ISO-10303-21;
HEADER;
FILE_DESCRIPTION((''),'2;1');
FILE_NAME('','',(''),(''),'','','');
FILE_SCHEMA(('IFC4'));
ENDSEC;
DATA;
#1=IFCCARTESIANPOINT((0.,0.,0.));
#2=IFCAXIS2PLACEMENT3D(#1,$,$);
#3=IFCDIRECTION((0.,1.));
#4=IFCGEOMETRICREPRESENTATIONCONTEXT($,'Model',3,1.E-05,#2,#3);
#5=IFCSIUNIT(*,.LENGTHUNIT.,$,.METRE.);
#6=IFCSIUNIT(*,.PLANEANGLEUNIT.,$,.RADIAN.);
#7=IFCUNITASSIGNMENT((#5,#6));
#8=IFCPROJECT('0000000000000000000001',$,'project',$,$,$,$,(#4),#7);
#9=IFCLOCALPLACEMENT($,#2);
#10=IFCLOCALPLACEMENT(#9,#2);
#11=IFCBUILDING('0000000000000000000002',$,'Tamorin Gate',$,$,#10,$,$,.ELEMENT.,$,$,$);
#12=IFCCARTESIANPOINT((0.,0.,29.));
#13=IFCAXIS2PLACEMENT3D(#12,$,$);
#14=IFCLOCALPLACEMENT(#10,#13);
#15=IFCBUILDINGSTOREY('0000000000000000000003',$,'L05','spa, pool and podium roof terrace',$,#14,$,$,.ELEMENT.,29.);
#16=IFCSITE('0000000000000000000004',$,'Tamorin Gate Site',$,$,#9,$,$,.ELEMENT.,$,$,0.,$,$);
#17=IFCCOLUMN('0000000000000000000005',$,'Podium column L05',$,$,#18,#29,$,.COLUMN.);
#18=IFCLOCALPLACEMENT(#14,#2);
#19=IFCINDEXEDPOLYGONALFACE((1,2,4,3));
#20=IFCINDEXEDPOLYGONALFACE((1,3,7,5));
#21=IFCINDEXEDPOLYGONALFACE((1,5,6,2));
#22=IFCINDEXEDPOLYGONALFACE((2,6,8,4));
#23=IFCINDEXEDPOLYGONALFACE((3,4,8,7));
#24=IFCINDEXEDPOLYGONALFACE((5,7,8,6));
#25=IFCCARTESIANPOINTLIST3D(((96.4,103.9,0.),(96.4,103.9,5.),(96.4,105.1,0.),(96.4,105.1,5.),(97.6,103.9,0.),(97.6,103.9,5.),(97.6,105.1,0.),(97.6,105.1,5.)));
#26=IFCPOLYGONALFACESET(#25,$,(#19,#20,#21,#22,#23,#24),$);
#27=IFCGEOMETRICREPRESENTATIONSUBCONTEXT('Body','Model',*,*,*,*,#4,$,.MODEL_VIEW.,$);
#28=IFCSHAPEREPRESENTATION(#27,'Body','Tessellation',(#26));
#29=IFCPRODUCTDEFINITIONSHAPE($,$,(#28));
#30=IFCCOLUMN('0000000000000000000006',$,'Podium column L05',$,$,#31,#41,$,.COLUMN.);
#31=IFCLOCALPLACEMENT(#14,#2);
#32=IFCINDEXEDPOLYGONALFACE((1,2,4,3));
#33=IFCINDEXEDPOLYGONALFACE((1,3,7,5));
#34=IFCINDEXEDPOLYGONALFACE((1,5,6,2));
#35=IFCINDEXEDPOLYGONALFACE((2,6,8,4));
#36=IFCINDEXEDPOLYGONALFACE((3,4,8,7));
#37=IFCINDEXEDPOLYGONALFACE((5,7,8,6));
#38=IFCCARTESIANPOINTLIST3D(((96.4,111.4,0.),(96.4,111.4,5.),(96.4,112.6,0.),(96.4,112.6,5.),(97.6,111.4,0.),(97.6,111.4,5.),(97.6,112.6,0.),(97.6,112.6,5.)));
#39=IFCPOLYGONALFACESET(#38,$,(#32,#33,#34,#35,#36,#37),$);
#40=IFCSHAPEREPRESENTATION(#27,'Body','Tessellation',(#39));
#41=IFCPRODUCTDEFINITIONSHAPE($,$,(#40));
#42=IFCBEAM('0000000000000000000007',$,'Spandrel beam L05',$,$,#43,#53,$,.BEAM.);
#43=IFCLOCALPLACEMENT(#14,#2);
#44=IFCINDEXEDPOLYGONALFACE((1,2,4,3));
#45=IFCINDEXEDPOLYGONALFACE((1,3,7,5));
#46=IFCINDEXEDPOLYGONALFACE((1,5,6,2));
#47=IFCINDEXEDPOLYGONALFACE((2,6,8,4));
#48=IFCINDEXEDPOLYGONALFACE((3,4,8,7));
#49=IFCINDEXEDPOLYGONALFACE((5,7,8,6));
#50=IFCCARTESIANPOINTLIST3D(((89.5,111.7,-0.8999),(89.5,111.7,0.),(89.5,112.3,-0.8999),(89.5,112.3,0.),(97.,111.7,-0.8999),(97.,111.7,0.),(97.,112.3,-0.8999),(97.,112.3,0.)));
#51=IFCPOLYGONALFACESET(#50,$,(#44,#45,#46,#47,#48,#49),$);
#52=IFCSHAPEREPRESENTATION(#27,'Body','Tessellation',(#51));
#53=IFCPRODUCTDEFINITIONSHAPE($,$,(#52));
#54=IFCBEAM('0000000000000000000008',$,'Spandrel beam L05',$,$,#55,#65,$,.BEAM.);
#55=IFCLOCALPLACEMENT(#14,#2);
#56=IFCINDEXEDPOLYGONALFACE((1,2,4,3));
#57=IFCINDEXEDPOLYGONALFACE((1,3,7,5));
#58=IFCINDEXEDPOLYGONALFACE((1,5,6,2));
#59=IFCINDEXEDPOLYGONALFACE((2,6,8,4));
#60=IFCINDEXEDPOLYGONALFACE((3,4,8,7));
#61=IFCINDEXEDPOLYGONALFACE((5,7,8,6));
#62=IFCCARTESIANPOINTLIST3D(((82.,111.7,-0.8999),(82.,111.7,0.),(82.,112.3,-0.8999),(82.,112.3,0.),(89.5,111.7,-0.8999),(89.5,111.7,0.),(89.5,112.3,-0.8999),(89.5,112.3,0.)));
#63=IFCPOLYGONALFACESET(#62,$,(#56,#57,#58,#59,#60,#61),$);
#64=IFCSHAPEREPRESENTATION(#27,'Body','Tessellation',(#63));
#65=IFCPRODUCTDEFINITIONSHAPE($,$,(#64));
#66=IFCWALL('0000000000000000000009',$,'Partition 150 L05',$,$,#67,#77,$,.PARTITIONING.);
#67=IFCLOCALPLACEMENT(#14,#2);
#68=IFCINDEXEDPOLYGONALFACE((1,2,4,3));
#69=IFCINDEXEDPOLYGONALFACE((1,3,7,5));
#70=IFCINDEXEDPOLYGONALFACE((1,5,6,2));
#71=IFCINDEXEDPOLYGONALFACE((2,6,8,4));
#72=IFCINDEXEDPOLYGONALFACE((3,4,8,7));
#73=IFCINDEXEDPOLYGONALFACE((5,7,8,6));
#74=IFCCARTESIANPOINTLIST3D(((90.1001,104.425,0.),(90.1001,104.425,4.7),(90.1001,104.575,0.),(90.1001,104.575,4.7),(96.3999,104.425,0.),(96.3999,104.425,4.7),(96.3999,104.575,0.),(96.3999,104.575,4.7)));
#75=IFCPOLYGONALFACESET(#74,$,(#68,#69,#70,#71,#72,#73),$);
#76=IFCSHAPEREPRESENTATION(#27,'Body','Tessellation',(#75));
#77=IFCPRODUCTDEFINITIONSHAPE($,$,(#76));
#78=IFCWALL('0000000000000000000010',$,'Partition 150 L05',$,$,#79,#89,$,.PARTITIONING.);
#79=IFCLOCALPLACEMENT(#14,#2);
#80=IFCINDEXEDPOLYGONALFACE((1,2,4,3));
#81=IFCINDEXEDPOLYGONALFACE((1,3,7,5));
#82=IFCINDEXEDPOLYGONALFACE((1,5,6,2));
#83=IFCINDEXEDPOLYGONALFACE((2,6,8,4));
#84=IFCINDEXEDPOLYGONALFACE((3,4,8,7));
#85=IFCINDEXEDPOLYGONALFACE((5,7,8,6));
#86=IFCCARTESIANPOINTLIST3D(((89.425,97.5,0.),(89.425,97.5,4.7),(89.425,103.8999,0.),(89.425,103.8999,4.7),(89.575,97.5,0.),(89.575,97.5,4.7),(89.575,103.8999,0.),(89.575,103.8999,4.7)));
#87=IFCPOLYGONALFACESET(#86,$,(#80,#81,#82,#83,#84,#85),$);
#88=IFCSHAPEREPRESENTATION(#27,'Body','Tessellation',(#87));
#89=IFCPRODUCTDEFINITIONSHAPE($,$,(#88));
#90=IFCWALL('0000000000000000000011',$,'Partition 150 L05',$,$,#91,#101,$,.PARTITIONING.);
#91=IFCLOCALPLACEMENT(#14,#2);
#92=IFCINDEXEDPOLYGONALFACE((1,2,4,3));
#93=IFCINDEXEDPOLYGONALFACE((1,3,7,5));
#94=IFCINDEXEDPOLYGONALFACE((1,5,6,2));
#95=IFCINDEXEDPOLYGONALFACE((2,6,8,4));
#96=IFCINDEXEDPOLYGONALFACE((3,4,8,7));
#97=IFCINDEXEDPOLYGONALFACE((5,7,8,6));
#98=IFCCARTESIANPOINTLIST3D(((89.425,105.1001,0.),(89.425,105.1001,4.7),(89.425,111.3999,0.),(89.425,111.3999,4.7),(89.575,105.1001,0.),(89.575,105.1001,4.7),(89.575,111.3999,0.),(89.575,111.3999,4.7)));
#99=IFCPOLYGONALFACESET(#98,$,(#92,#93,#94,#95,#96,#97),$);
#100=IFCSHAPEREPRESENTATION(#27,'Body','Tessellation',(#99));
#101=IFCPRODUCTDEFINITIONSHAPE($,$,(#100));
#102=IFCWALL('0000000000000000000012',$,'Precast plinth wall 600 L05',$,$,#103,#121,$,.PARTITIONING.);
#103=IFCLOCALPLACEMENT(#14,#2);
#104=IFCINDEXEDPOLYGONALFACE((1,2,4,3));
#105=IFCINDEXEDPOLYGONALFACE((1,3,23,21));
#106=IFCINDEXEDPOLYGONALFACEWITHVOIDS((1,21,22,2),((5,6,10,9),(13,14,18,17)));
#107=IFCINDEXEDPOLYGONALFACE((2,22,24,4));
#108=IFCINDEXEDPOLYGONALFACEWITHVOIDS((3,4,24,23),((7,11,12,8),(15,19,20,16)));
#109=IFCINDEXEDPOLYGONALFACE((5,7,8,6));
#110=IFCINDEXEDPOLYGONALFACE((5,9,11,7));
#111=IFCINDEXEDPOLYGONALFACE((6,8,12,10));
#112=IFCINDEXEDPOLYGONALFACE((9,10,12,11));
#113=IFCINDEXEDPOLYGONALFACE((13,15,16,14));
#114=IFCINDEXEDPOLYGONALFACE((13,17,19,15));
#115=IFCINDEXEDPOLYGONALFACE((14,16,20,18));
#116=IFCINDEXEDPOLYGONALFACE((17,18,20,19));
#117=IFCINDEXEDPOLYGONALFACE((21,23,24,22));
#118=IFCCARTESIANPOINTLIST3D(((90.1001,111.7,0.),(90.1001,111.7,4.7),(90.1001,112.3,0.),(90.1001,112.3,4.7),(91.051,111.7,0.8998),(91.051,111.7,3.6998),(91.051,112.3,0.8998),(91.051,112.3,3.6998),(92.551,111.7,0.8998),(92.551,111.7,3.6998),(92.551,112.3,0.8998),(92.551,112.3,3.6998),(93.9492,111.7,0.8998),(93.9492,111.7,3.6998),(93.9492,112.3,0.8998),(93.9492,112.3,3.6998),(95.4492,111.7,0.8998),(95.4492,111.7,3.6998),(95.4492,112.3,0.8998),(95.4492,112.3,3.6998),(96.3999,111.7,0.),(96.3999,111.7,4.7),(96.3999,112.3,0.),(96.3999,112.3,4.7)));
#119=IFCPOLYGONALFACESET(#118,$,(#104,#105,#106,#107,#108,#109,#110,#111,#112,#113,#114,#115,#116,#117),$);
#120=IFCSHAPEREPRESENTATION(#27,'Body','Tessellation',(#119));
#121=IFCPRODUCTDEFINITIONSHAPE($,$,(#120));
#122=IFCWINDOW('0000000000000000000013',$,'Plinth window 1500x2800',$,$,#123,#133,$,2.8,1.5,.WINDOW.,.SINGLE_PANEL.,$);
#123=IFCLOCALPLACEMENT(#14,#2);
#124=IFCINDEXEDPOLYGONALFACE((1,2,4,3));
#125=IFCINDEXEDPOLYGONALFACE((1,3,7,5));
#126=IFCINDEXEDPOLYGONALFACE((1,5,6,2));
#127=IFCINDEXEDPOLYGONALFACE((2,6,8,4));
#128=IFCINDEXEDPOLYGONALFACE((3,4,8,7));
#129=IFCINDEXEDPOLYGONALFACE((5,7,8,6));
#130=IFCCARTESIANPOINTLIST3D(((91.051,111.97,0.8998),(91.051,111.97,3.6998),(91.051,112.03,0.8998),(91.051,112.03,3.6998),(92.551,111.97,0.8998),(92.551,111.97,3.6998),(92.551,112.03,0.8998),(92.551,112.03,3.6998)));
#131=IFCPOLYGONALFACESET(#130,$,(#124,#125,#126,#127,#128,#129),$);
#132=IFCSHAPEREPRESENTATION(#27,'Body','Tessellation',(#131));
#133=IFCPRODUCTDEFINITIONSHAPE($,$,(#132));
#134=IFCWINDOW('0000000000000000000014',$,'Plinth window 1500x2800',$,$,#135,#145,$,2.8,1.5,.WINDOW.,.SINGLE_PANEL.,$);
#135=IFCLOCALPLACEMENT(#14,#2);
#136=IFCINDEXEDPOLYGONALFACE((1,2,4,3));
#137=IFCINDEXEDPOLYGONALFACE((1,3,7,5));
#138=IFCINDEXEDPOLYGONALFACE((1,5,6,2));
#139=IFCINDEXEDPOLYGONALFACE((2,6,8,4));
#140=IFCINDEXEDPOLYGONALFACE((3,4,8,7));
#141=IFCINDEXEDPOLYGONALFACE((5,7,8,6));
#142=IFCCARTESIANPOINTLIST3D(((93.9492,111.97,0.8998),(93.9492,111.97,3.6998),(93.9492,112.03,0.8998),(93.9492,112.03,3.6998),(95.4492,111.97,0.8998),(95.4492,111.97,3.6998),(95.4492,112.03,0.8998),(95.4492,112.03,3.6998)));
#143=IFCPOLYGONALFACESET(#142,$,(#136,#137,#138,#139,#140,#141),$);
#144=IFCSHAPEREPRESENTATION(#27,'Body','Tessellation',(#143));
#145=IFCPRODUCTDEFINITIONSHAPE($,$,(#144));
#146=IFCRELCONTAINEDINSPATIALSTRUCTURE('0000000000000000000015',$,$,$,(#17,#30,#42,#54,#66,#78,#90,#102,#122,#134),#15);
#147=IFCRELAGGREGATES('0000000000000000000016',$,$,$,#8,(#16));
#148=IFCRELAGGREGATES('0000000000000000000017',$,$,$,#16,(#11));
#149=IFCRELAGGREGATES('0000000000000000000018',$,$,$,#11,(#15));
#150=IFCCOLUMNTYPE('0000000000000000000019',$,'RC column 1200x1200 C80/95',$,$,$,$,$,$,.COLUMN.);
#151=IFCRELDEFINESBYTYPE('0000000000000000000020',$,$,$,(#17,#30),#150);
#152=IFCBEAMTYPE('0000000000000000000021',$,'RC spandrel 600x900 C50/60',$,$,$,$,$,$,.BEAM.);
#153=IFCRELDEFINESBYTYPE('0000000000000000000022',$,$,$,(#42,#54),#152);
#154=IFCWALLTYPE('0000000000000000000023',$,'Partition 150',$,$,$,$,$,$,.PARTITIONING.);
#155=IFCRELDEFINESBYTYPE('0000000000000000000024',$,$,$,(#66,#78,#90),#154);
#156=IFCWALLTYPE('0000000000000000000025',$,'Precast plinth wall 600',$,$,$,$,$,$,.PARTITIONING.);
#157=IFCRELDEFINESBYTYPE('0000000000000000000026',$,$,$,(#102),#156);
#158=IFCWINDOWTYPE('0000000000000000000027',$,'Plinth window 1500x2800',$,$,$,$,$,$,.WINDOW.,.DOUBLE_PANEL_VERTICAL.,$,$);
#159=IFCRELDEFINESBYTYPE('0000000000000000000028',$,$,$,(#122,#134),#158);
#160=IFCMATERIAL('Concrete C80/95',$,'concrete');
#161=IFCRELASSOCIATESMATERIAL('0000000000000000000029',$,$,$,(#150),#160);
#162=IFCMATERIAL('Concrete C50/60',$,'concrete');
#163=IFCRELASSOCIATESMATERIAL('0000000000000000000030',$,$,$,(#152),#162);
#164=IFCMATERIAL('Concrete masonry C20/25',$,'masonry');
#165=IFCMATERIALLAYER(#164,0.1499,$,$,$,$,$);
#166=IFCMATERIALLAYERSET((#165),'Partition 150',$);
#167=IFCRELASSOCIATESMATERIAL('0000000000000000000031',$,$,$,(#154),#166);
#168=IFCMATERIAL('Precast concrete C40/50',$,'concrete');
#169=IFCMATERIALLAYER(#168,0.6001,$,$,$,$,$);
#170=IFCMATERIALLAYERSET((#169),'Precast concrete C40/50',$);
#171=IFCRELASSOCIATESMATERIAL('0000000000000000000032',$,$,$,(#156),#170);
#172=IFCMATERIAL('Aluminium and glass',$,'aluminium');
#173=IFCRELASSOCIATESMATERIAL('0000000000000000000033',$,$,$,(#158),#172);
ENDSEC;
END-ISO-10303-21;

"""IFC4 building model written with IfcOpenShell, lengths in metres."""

from ifc_helpers import new_model, si_unit, direction, frame, frame_2d, origin, origin_2d, place, context, subcontext, project, spatial, rectangle, extrude, material, layer, layer_set, material_profile, profile_set, type_object, element, fill, save


model = new_model("IFC4")

# Units and contexts
model_context = context("Model", 3, precision=1e-05, world=origin(), true_north=direction((0.0, 1.0)))
body_context = subcontext(model_context, "Body", "Model", "MODEL_VIEW")
ifc_project = project(units=[si_unit("LENGTHUNIT", "METRE"), si_unit("PLANEANGLEUNIT", "RADIAN")], contexts=[model_context])

# Site, building, storey
site_placement = place(None, origin())
site = spatial("IfcSite", under=ifc_project, at=site_placement, Name="Tamorin Gate Site", CompositionType="ELEMENT", RefElevation=0.0)
building_placement = place(site_placement, origin())
building = spatial("IfcBuilding", under=site, at=building_placement, Name="Tamorin Gate", CompositionType="ELEMENT")
storey_placement = place(building_placement, frame((0.0, 0.0, 29.0)))
storey = spatial("IfcBuildingStorey", under=building, at=storey_placement, Name="L05", Description="spa, pool and podium roof terrace", CompositionType="ELEMENT", Elevation=29.0)

# Columns
ifc_material_1 = material(Name="Concrete C80/95", Category="concrete")
ifc_material_profile_1 = material_profile(ifc_material_1, rectangle(XDim=1.2, YDim=1.2, at=origin_2d()), Name="RC 1200x1200")
ifc_profile_set_1 = profile_set([ifc_material_profile_1], Name="Concrete C80/95")
column_type = type_object("IfcColumnType", Name="RC column 1200x1200 C80/95", PredefinedType="COLUMN", material=ifc_profile_set_1)
for number, where, z_axis, x_axis, name in (
    (1, (97.0, 104.5, 0.0), (0.0, 0.0, 1.0), (1.0, 0.0, 0.0), "Podium column L05"),
    (2, (97.0, 112.0, 0.0), (0.0, 0.0, 1.0), (1.0, 0.0, 0.0), "Podium column L05"),
):
    element("IfcColumn", number, at=place(storey_placement, frame(where, z_axis=z_axis, x_axis=x_axis)), inside=storey, type_object=column_type, Name=name, PredefinedType="COLUMN", context=body_context, shape_type="SweptSolid", body=[
        extrude(rectangle(XDim=1.2, YDim=1.2, at=origin_2d()), origin(), (0.0, 0.0, 1.0), 5.0),
    ])

# Beams
ifc_material_2 = material(Name="Concrete C50/60", Category="concrete")
ifc_material_profile_2 = material_profile(ifc_material_2, rectangle(XDim=0.6001, YDim=0.8999, at=origin_2d()), Name="RC 600x900")
ifc_profile_set_2 = profile_set([ifc_material_profile_2], Name="Concrete C50/60")
beam_type = type_object("IfcBeamType", Name="RC spandrel 600x900 C50/60", PredefinedType="BEAM", material=ifc_profile_set_2)
for number, where, z_axis, x_axis, name in (
    (3, (97.0, 112.0, -0.45), (-1.0, 0.0, 0.0), (0.0, -1.0, 0.0), "Spandrel beam L05"),
    (4, (89.5, 112.0, -0.45), (-1.0, 0.0, 0.0), (0.0, -1.0, 0.0), "Spandrel beam L05"),
):
    element("IfcBeam", number, at=place(storey_placement, frame(where, z_axis=z_axis, x_axis=x_axis)), inside=storey, type_object=beam_type, Name=name, PredefinedType="BEAM", context=body_context, shape_type="SweptSolid", body=[
        extrude(rectangle(XDim=0.6001, YDim=0.8999, at=origin_2d()), origin(), (0.0, 0.0, 1.0), 7.5),
    ])

# Walls
ifc_material_3 = material(Name="Concrete masonry C20/25", Category="masonry")
ifc_layer_1 = layer(ifc_material_3, 0.1499)
ifc_layer_set_1 = layer_set([ifc_layer_1], Name="Partition 150")
wall_type_1 = type_object("IfcWallType", Name="Partition 150", PredefinedType="PARTITIONING", material=ifc_layer_set_1)
wall_1_placement = place(storey_placement, frame((90.1001, 104.5, 0.0), z_axis=(0.0, 0.0, 1.0), x_axis=(1.0, 0.0, 0.0)))
element("IfcWall", 5, at=wall_1_placement, inside=storey, type_object=wall_type_1, Name="Partition 150 L05", PredefinedType="PARTITIONING", context=body_context, shape_type="SweptSolid", body=[
    extrude(rectangle(XDim=6.2998, YDim=0.1499, at=frame_2d((3.1499, 0.0))), origin(), (0.0, 0.0, 1.0), 4.7),
])
wall_2_placement = place(storey_placement, frame((89.5, 97.5, 0.0), z_axis=(0.0, 0.0, 1.0), x_axis=(0.0, 1.0, 0.0)))
element("IfcWall", 6, at=wall_2_placement, inside=storey, type_object=wall_type_1, Name="Partition 150 L05", PredefinedType="PARTITIONING", context=body_context, shape_type="SweptSolid", body=[
    extrude(rectangle(XDim=6.3999, YDim=0.1499, at=frame_2d((3.2, 0.0))), origin(), (0.0, 0.0, 1.0), 4.7),
])
wall_3_placement = place(storey_placement, frame((89.5, 105.1001, 0.0), z_axis=(0.0, 0.0, 1.0), x_axis=(0.0, 1.0, 0.0)))
element("IfcWall", 7, at=wall_3_placement, inside=storey, type_object=wall_type_1, Name="Partition 150 L05", PredefinedType="PARTITIONING", context=body_context, shape_type="SweptSolid", body=[
    extrude(rectangle(XDim=6.2998, YDim=0.1499, at=frame_2d((3.1499, 0.0))), origin(), (0.0, 0.0, 1.0), 4.7),
])

# Wall, openings, windows
ifc_material_4 = material(Name="Precast concrete C40/50", Category="concrete")
ifc_layer_2 = layer(ifc_material_4, 0.6001)
ifc_layer_set_2 = layer_set([ifc_layer_2], Name="Precast concrete C40/50")
wall_type_2 = type_object("IfcWallType", Name="Precast plinth wall 600", PredefinedType="PARTITIONING", material=ifc_layer_set_2)
wall_4_placement = place(storey_placement, frame((90.1001, 112.0, 0.0), z_axis=(0.0, 0.0, 1.0), x_axis=(1.0, 0.0, 0.0)))
wall_4 = element("IfcWall", 8, at=wall_4_placement, inside=storey, type_object=wall_type_2, Name="Precast plinth wall 600 L05", PredefinedType="PARTITIONING", context=body_context, shape_type="SweptSolid", body=[
    extrude(rectangle(XDim=6.2998, YDim=0.6001, at=frame_2d((3.1499, 0.0))), origin(), (0.0, 0.0, 1.0), 4.7),
])
opening_1_placement = place(wall_4_placement, frame((0.9509, 0.0, 0.8999)))
opening_1 = element("IfcOpeningElement", 9, at=opening_1_placement, cuts=wall_4, PredefinedType="OPENING", context=body_context, shape_type="SweptSolid", body=[
    extrude(rectangle(XDim=1.5, YDim=2.8, at=frame_2d((0.75, 1.3999))), frame((0.0, 0.3101, 0.0), z_axis=(0.0, -1.0, 0.0), x_axis=(1.0, 0.0, 0.0)), (0.0, 0.0, 1.0), 0.6201),
])
opening_2_placement = place(wall_4_placement, frame((3.8491, 0.0, 0.8999)))
opening_2 = element("IfcOpeningElement", 10, at=opening_2_placement, cuts=wall_4, PredefinedType="OPENING", context=body_context, shape_type="SweptSolid", body=[
    extrude(rectangle(XDim=1.5, YDim=2.8, at=frame_2d((0.75, 1.3999))), frame((0.0, 0.3101, 0.0), z_axis=(0.0, -1.0, 0.0), x_axis=(1.0, 0.0, 0.0)), (0.0, 0.0, 1.0), 0.6201),
])
ifc_material_5 = material(Name="Aluminium and glass", Category="aluminium")
window_type = type_object("IfcWindowType", Name="Plinth window 1500x2800", PartitioningType="DOUBLE_PANEL_VERTICAL", PredefinedType="WINDOW", material=ifc_material_5)
window_1_placement = place(opening_1_placement, origin())
window_1 = element("IfcWindow", 11, at=window_1_placement, inside=storey, type_object=window_type, Name="Plinth window 1500x2800", OverallHeight=2.8, OverallWidth=1.5, PartitioningType="SINGLE_PANEL", PredefinedType="WINDOW", context=body_context, shape_type="SweptSolid", body=[
    extrude(rectangle(XDim=1.5, YDim=2.8, at=frame_2d((0.75, 1.3999))), frame((0.0, 0.03, 0.0), z_axis=(0.0, -1.0, 0.0), x_axis=(1.0, 0.0, 0.0)), (0.0, 0.0, 1.0), 0.0601),
])
fill(opening_1, window_1)
window_2_placement = place(opening_2_placement, origin())
window_2 = element("IfcWindow", 12, at=window_2_placement, inside=storey, type_object=window_type, Name="Plinth window 1500x2800", OverallHeight=2.8, OverallWidth=1.5, PartitioningType="SINGLE_PANEL", PredefinedType="WINDOW", context=body_context, shape_type="SweptSolid", body=[
    extrude(rectangle(XDim=1.5, YDim=2.8, at=frame_2d((0.75, 1.3999))), frame((0.0, 0.03, 0.0), z_axis=(0.0, -1.0, 0.0), x_axis=(1.0, 0.0, 0.0)), (0.0, 0.0, 1.0), 0.0601),
])
fill(opening_2, window_2)

save(model, "model.ifc")
